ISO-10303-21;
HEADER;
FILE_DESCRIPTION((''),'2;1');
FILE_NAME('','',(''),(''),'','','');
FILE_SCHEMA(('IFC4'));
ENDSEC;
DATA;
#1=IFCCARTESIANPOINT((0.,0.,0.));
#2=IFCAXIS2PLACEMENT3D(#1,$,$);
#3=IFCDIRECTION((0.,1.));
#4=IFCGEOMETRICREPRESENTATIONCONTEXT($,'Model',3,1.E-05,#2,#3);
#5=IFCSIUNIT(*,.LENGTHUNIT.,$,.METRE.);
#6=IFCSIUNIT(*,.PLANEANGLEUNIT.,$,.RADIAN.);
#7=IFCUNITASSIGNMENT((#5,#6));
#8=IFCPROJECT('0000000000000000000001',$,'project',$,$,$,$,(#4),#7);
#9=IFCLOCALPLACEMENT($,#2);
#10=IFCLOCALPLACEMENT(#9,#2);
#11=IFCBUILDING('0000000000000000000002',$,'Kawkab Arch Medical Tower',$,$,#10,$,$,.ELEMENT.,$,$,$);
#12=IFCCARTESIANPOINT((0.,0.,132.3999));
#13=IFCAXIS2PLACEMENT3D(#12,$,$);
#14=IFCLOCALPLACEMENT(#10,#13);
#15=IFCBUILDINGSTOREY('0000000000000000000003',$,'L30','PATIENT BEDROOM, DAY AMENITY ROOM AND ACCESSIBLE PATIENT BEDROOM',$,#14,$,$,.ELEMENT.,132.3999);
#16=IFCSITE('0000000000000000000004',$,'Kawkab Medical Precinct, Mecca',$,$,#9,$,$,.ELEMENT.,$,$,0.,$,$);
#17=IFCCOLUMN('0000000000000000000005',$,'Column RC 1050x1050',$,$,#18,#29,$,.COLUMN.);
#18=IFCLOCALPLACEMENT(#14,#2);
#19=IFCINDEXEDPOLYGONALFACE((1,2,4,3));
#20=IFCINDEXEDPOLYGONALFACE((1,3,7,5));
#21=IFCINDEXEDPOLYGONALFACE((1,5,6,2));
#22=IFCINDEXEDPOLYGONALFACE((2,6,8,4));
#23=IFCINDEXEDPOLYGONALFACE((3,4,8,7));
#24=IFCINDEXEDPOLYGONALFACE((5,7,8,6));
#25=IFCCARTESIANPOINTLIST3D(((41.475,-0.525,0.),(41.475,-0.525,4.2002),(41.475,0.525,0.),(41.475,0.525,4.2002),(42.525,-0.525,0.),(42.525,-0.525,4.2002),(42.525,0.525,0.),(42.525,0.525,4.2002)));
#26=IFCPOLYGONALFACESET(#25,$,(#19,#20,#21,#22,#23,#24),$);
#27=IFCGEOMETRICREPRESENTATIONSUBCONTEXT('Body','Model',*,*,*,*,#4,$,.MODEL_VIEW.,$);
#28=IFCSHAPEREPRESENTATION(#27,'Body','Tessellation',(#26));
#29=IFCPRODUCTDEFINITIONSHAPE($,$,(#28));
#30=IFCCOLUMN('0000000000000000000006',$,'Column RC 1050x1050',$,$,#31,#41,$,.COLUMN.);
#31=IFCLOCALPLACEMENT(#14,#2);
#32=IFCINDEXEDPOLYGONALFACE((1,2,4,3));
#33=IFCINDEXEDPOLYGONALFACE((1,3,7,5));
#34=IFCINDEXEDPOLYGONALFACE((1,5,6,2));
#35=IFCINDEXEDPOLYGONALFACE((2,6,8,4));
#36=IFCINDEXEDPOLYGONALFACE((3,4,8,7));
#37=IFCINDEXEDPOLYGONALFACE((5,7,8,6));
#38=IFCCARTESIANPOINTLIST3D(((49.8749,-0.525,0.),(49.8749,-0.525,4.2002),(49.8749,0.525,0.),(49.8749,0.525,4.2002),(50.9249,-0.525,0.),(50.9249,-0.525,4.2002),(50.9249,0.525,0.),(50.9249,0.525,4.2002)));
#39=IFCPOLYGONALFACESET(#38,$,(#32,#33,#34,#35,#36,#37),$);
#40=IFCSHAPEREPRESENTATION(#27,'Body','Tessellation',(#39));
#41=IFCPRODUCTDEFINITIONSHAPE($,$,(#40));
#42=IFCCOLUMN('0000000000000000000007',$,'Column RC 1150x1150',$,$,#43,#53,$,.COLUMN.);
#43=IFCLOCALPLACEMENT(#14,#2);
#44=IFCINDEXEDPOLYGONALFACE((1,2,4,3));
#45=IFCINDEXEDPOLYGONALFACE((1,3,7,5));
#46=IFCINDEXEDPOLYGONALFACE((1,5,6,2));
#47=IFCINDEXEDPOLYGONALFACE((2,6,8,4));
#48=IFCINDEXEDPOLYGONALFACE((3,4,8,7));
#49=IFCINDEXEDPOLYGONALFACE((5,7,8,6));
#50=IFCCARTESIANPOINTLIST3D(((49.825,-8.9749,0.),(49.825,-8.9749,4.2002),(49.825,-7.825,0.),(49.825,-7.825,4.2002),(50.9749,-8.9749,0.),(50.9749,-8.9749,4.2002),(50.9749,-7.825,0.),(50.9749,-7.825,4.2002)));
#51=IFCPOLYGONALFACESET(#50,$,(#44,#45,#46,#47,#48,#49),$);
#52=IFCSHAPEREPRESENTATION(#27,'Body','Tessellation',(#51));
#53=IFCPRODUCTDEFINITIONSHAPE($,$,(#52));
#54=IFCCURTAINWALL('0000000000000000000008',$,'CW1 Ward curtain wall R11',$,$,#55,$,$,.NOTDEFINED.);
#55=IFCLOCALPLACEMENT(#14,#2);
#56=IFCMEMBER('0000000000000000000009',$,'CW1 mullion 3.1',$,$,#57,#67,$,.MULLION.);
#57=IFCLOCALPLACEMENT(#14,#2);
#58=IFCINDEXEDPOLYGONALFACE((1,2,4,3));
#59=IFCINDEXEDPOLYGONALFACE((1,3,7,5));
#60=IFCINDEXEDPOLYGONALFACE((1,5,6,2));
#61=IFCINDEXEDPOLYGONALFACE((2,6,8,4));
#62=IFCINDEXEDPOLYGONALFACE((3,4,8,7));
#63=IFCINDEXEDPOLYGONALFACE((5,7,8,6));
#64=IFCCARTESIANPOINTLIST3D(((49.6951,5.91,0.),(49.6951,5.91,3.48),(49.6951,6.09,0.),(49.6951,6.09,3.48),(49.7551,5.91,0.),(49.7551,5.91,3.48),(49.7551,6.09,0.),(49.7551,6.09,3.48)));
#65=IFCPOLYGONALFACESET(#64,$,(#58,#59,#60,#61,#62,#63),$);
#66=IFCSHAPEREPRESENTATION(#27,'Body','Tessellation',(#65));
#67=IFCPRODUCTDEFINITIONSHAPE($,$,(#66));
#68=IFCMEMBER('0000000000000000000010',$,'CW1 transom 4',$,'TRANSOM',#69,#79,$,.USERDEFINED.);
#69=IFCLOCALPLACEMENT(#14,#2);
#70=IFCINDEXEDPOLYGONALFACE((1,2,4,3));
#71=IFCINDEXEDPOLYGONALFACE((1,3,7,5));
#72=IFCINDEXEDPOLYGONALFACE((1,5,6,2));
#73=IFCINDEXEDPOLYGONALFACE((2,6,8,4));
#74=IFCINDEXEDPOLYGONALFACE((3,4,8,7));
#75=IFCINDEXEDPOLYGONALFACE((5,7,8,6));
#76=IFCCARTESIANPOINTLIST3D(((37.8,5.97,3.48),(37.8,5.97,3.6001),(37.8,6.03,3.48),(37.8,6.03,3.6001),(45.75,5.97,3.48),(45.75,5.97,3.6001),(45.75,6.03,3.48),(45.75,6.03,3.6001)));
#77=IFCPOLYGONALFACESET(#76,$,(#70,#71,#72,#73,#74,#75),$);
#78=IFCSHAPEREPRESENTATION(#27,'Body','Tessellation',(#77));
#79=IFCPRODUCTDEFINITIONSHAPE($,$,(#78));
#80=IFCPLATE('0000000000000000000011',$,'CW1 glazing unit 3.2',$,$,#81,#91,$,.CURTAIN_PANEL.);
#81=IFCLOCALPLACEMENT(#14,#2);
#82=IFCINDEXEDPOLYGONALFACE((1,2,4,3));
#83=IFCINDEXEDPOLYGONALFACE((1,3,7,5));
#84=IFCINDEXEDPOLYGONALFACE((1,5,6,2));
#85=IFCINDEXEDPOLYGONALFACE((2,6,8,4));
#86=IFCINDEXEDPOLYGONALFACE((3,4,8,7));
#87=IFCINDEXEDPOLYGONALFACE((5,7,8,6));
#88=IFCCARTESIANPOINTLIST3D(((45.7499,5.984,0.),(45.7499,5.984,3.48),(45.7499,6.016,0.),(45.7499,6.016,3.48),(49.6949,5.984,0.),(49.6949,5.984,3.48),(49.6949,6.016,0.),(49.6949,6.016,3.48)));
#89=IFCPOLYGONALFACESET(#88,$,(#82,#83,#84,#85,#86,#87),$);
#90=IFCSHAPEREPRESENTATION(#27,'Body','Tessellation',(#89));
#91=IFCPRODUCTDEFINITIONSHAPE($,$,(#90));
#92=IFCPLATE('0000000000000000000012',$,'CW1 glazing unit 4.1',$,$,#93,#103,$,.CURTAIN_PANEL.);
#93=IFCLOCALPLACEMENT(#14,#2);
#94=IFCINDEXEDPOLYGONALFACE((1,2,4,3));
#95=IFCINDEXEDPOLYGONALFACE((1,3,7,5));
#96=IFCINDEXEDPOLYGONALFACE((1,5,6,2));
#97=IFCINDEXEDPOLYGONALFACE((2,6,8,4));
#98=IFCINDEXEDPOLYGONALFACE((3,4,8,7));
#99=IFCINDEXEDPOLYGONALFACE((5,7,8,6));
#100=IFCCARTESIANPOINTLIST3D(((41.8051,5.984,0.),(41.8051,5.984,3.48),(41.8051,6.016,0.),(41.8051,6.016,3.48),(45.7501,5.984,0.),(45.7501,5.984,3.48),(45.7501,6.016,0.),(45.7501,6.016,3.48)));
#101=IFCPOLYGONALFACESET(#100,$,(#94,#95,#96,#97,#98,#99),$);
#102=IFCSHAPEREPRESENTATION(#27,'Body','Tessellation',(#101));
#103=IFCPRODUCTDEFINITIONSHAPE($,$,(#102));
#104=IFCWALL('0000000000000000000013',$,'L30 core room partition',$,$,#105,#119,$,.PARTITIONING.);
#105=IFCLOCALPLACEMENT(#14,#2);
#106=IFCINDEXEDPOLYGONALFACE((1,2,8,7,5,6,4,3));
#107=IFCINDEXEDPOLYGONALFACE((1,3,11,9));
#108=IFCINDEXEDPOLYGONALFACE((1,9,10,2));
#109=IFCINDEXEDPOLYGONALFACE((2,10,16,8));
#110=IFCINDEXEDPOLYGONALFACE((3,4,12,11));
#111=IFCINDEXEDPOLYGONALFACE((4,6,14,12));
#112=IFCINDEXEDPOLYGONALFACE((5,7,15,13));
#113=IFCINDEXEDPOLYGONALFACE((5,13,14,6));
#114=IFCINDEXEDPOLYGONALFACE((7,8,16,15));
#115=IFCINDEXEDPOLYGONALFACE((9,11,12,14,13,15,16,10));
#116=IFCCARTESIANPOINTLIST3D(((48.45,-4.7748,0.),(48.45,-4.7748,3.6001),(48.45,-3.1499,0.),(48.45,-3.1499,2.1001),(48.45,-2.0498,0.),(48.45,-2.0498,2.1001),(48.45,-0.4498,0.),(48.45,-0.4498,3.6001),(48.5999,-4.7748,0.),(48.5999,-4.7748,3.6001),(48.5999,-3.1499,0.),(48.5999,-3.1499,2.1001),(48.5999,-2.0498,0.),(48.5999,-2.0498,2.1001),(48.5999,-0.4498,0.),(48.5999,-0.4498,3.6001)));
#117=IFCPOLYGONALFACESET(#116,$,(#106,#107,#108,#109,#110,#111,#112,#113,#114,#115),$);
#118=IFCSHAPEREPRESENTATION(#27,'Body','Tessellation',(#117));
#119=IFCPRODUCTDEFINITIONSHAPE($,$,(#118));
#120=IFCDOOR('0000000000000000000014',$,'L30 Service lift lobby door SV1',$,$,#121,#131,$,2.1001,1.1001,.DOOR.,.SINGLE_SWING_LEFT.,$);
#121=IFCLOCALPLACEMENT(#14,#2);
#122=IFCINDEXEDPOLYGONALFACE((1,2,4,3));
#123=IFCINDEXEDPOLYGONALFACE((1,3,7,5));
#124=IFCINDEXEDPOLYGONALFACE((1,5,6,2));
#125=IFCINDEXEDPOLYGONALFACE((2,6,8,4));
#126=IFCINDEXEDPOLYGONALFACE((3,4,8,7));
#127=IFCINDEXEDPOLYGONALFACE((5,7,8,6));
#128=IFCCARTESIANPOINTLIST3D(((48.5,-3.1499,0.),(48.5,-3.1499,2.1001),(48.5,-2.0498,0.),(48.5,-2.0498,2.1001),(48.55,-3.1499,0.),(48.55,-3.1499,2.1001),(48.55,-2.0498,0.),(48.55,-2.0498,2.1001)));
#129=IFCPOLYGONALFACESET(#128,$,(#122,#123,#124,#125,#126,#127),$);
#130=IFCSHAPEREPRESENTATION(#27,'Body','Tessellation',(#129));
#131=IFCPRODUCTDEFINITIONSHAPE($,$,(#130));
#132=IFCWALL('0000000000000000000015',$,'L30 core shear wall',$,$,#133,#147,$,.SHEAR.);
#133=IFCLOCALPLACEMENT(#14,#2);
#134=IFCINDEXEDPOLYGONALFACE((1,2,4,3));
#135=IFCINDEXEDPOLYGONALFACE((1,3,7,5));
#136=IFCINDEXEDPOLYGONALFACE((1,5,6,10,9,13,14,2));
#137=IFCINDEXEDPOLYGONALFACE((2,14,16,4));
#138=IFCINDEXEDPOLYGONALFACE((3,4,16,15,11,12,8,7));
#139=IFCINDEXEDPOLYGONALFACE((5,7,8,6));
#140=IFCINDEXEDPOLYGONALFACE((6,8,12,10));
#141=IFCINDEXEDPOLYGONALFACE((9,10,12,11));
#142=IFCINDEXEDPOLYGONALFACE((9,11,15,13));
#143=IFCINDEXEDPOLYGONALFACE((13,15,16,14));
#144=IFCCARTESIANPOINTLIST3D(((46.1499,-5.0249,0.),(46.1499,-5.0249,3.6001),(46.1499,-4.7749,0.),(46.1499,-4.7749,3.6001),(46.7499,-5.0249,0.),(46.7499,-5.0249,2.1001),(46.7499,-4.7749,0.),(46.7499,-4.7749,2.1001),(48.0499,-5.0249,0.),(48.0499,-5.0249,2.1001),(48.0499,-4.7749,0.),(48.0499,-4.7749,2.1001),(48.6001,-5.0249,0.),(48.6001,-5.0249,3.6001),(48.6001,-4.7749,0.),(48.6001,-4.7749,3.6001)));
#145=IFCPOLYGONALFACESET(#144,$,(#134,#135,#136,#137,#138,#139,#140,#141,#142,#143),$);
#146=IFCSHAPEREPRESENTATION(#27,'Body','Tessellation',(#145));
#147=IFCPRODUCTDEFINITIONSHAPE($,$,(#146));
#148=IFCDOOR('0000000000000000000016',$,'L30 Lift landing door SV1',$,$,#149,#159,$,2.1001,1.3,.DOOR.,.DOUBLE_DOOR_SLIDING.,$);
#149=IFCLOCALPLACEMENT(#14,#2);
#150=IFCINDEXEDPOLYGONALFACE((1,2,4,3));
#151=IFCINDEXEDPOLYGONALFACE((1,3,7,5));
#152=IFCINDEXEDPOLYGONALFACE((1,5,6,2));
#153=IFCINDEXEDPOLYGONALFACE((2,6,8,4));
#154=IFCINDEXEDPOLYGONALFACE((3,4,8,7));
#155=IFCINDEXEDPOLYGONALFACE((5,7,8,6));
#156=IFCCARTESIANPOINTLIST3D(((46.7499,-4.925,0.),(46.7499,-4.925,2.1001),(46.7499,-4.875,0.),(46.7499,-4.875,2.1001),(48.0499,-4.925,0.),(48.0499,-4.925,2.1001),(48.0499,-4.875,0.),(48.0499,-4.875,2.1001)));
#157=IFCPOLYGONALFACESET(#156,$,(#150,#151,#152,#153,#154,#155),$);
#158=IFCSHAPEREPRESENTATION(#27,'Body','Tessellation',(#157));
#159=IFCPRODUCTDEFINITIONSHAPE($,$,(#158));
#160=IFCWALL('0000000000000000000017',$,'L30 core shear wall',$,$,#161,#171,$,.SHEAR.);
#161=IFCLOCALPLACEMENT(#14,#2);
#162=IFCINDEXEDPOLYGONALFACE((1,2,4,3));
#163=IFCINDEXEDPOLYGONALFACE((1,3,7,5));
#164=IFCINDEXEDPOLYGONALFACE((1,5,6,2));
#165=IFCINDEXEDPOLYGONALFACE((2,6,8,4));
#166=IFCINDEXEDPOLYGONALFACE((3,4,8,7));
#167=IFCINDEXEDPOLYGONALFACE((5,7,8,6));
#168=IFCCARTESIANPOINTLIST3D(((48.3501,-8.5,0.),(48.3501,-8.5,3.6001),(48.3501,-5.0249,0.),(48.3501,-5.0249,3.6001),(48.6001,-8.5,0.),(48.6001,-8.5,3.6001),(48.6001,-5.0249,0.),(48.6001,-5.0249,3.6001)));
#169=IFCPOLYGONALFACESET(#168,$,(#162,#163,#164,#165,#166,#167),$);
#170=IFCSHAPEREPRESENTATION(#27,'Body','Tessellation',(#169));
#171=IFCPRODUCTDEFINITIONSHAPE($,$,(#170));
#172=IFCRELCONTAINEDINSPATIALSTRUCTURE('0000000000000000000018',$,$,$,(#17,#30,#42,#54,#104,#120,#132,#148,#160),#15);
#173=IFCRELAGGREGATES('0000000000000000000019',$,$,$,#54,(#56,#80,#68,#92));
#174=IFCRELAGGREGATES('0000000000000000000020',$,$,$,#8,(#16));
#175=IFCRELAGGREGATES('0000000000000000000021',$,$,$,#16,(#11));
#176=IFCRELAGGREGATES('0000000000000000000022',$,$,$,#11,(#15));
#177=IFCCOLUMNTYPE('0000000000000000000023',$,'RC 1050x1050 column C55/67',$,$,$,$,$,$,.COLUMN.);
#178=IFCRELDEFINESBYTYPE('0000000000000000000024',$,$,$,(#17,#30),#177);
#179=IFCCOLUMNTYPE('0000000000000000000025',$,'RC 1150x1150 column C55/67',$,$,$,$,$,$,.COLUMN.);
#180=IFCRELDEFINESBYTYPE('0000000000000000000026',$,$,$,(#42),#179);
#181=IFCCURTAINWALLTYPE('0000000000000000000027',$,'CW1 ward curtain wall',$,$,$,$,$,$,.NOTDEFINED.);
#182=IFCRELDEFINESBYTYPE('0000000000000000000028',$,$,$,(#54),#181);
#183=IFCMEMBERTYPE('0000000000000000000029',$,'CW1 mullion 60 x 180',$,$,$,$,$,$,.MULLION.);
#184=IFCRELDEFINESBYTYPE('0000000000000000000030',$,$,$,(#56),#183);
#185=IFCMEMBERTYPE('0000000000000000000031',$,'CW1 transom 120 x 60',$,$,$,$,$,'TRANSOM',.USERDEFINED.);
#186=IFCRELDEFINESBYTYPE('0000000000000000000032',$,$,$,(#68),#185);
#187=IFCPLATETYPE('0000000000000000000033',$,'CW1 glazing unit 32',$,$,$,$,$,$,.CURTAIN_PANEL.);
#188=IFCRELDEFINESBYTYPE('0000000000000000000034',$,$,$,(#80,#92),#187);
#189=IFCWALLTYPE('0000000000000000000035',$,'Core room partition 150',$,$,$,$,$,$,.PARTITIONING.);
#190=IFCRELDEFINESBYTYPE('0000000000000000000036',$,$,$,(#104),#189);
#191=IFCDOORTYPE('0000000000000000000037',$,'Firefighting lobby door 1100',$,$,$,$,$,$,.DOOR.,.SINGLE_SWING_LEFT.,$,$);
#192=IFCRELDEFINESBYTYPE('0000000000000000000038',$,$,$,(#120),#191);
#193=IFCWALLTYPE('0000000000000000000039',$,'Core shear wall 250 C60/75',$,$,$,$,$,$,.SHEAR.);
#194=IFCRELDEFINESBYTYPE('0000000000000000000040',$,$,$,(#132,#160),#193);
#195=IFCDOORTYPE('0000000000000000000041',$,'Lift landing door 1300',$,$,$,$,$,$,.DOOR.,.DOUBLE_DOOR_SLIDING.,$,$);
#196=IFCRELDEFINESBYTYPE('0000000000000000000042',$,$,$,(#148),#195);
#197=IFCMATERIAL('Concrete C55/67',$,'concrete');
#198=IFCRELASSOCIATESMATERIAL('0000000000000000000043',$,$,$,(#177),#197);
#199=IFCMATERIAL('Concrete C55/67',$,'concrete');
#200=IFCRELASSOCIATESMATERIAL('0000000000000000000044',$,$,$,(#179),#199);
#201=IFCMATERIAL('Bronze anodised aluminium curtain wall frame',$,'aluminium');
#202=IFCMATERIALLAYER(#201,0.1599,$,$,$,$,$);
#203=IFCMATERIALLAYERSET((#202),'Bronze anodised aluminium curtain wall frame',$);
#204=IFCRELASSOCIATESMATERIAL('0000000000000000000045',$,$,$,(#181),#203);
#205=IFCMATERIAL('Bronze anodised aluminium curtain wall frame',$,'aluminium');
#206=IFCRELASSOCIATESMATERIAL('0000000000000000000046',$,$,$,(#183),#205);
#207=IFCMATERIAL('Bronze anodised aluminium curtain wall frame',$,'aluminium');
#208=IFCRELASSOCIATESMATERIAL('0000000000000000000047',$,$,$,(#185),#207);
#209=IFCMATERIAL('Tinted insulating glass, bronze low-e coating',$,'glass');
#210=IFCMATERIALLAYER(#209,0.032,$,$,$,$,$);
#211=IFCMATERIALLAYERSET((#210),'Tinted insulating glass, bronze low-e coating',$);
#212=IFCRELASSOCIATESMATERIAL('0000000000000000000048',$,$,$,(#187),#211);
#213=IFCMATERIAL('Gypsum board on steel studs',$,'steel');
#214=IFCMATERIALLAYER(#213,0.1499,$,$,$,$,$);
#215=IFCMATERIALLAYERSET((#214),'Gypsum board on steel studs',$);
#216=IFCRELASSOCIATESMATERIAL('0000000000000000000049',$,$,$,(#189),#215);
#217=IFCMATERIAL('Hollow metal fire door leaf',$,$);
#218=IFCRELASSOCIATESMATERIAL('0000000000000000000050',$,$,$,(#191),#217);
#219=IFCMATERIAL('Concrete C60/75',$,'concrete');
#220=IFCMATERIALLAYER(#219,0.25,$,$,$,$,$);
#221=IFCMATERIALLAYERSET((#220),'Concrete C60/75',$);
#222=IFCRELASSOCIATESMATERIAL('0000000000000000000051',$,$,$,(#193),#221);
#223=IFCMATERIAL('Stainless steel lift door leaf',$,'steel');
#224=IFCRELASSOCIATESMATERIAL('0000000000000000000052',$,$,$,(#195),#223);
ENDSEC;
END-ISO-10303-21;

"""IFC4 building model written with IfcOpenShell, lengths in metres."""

from ifc_helpers import new_model, si_unit, direction, frame, frame_2d, origin, origin_2d, place, context, subcontext, project, spatial, rectangle, extrude, material, layer, layer_set, material_profile, profile_set, type_object, element, fill, aggregate, save


model = new_model("IFC4")

# Units and contexts
model_context = context("Model", 3, precision=1e-05, world=origin(), true_north=direction((0.0, 1.0)))
body_context = subcontext(model_context, "Body", "Model", "MODEL_VIEW")
ifc_project = project(units=[si_unit("LENGTHUNIT", "METRE"), si_unit("PLANEANGLEUNIT", "RADIAN")], contexts=[model_context])

# Site, building, storey
site_placement = place(None, origin())
site = spatial("IfcSite", under=ifc_project, at=site_placement, Name="Kawkab Medical Precinct, Mecca", CompositionType="ELEMENT", RefElevation=0.0)
building_placement = place(site_placement, origin())
building = spatial("IfcBuilding", under=site, at=building_placement, Name="Kawkab Arch Medical Tower", CompositionType="ELEMENT")
storey_placement = place(building_placement, frame((0.0, 0.0, 132.3999)))
storey = spatial("IfcBuildingStorey", under=building, at=storey_placement, Name="L30", Description="PATIENT BEDROOM, DAY AMENITY ROOM AND ACCESSIBLE PATIENT BEDROOM", CompositionType="ELEMENT", Elevation=132.3999)

# Columns
ifc_material_1 = material(Name="Concrete C55/67", Category="concrete")
ifc_material_profile_1 = material_profile(ifc_material_1, rectangle(XDim=1.05, YDim=1.05, at=origin_2d()), Name="RC 1050x1050")
ifc_profile_set_1 = profile_set([ifc_material_profile_1], Name="Concrete C55/67")
column_type_1 = type_object("IfcColumnType", Name="RC 1050x1050 column C55/67", PredefinedType="COLUMN", material=ifc_profile_set_1)
for number, where, z_axis, x_axis, name in (
    (1, (42.0, 0.0, 0.0), (0.0, 0.0, 1.0), (1.0, 0.0, 0.0), "Column RC 1050x1050"),
    (2, (50.3999, 0.0, 0.0), (0.0, 0.0, 1.0), (1.0, 0.0, 0.0), "Column RC 1050x1050"),
):
    element("IfcColumn", number, at=place(storey_placement, frame(where, z_axis=z_axis, x_axis=x_axis)), inside=storey, type_object=column_type_1, Name=name, PredefinedType="COLUMN", context=body_context, shape_type="SweptSolid", body=[
        extrude(rectangle(XDim=1.05, YDim=1.05, at=origin_2d()), origin(), (0.0, 0.0, 1.0), 4.2002),
    ])
ifc_material_2 = material(Name="Concrete C55/67", Category="concrete")
ifc_material_profile_2 = material_profile(ifc_material_2, rectangle(XDim=1.1499, YDim=1.1499, at=origin_2d()), Name="RC 1150x1150")
ifc_profile_set_2 = profile_set([ifc_material_profile_2], Name="Concrete C55/67")
column_type_2 = type_object("IfcColumnType", Name="RC 1150x1150 column C55/67", PredefinedType="COLUMN", material=ifc_profile_set_2)
column_placement = place(storey_placement, frame((50.3999, -8.3999, 0.0), z_axis=(0.0, 0.0, 1.0), x_axis=(1.0, 0.0, 0.0)))
element("IfcColumn", 3, at=column_placement, inside=storey, type_object=column_type_2, Name="Column RC 1150x1150", PredefinedType="COLUMN", context=body_context, shape_type="SweptSolid", body=[
    extrude(rectangle(XDim=1.1499, YDim=1.1499, at=origin_2d()), origin(), (0.0, 0.0, 1.0), 4.2002),
])

# Curtain wall, members, plates
ifc_material_3 = material(Name="Bronze anodised aluminium curtain wall frame", Category="aluminium")
ifc_layer_1 = layer(ifc_material_3, 0.1599)
ifc_layer_set_1 = layer_set([ifc_layer_1], Name="Bronze anodised aluminium curtain wall frame")
curtain_wall_type = type_object("IfcCurtainWallType", Name="CW1 ward curtain wall", PredefinedType="NOTDEFINED", material=ifc_layer_set_1)
placement = place(storey_placement, origin())
curtain_wall = element("IfcCurtainWall", 4, at=placement, inside=storey, type_object=curtain_wall_type, Name="CW1 Ward curtain wall R11", PredefinedType="NOTDEFINED")
ifc_material_4 = material(Name="Bronze anodised aluminium curtain wall frame", Category="aluminium")
ifc_material_profile_3 = material_profile(ifc_material_4, rectangle(XDim=0.1799, YDim=0.0601, at=origin_2d()), Name="AL 60x180")
ifc_profile_set_3 = profile_set([ifc_material_profile_3], Name="Bronze anodised aluminium curtain wall frame")
member_type_1 = type_object("IfcMemberType", Name="CW1 mullion 60 x 180", PredefinedType="MULLION", material=ifc_profile_set_3)
member_1_placement = place(storey_placement, frame((49.7251, 6.0, 0.0), z_axis=(0.0, 0.0, 1.0), x_axis=(0.0, -1.0, 0.0)))
member_1 = element("IfcMember", 5, at=member_1_placement, type_object=member_type_1, Name="CW1 mullion 3.1", PredefinedType="MULLION", context=body_context, shape_type="SweptSolid", body=[
    extrude(rectangle(XDim=0.1799, YDim=0.0601, at=origin_2d()), origin(), (0.0, 0.0, 1.0), 3.48),
])
ifc_material_5 = material(Name="Bronze anodised aluminium curtain wall frame", Category="aluminium")
ifc_material_profile_4 = material_profile(ifc_material_5, rectangle(XDim=0.0601, YDim=0.1201, at=origin_2d()), Name="AL 60x120")
ifc_profile_set_4 = profile_set([ifc_material_profile_4], Name="Bronze anodised aluminium curtain wall frame")
member_type_2 = type_object("IfcMemberType", Name="CW1 transom 120 x 60", ElementType="TRANSOM", PredefinedType="USERDEFINED", material=ifc_profile_set_4)
member_2_placement = place(storey_placement, frame((45.75, 6.0, 3.54), z_axis=(-1.0, 0.0, 0.0), x_axis=(0.0, -1.0, 0.0)))
member_2 = element("IfcMember", 6, at=member_2_placement, type_object=member_type_2, Name="CW1 transom 4", ObjectType="TRANSOM", PredefinedType="USERDEFINED", context=body_context, shape_type="SweptSolid", body=[
    extrude(rectangle(XDim=0.0601, YDim=0.1201, at=origin_2d()), origin(), (0.0, 0.0, 1.0), 7.95),
])
ifc_material_6 = material(Name="Tinted insulating glass, bronze low-e coating", Category="glass")
ifc_layer_2 = layer(ifc_material_6, 0.032)
ifc_layer_set_2 = layer_set([ifc_layer_2], Name="Tinted insulating glass, bronze low-e coating")
plate_type = type_object("IfcPlateType", Name="CW1 glazing unit 32", PredefinedType="CURTAIN_PANEL", material=ifc_layer_set_2)
plate_1_placement = place(storey_placement, frame((47.7224, 6.0, 0.0), z_axis=(0.0, 0.0, 1.0), x_axis=(-1.0, 0.0, 0.0)))
plate_1 = element("IfcPlate", 7, at=plate_1_placement, type_object=plate_type, Name="CW1 glazing unit 3.2", PredefinedType="CURTAIN_PANEL", context=body_context, shape_type="SweptSolid", body=[
    extrude(rectangle(XDim=3.9451, YDim=0.032, at=origin_2d()), origin(), (0.0, 0.0, 1.0), 3.48),
])
plate_2_placement = place(storey_placement, frame((43.7776, 6.0, 0.0), z_axis=(0.0, 0.0, 1.0), x_axis=(-1.0, 0.0, 0.0)))
plate_2 = element("IfcPlate", 8, at=plate_2_placement, type_object=plate_type, Name="CW1 glazing unit 4.1", PredefinedType="CURTAIN_PANEL", context=body_context, shape_type="SweptSolid", body=[
    extrude(rectangle(XDim=3.9451, YDim=0.032, at=origin_2d()), origin(), (0.0, 0.0, 1.0), 3.48),
])
aggregate(curtain_wall, [member_1, plate_1, member_2, plate_2])

# Walls, openings, doors
ifc_material_7 = material(Name="Gypsum board on steel studs", Category="steel")
ifc_layer_3 = layer(ifc_material_7, 0.1499)
ifc_layer_set_3 = layer_set([ifc_layer_3], Name="Gypsum board on steel studs")
wall_type_1 = type_object("IfcWallType", Name="Core room partition 150", PredefinedType="PARTITIONING", material=ifc_layer_set_3)
wall_1_placement = place(storey_placement, frame((48.5249, -4.7749, 0.0), z_axis=(0.0, 0.0, 1.0), x_axis=(0.0, 1.0, 0.0)))
wall_1 = element("IfcWall", 9, at=wall_1_placement, inside=storey, type_object=wall_type_1, Name="L30 core room partition", PredefinedType="PARTITIONING", context=body_context, shape_type="SweptSolid", body=[
    extrude(rectangle(XDim=4.325, YDim=0.1499, at=frame_2d((2.1626, 0.0))), origin(), (0.0, 0.0, 1.0), 3.6001),
])
opening_1_placement = place(wall_1_placement, frame((1.625, 0.0, 0.0)))
opening_1 = element("IfcOpeningElement", 10, at=opening_1_placement, cuts=wall_1, PredefinedType="OPENING", context=body_context, shape_type="SweptSolid", body=[
    extrude(rectangle(XDim=1.1001, YDim=2.1001, at=frame_2d((0.55, 1.05))), frame((0.0, 0.085, 0.0), z_axis=(0.0, -1.0, 0.0), x_axis=(1.0, 0.0, 0.0)), (0.0, 0.0, 1.0), 0.1699),
])
ifc_material_8 = material(Name="Hollow metal fire door leaf")
door_type_1 = type_object("IfcDoorType", Name="Firefighting lobby door 1100", OperationType="SINGLE_SWING_LEFT", PredefinedType="DOOR", material=ifc_material_8)
door_1_placement = place(opening_1_placement, origin())
door_1 = element("IfcDoor", 11, at=door_1_placement, inside=storey, type_object=door_type_1, Name="L30 Service lift lobby door SV1", OperationType="SINGLE_SWING_LEFT", OverallHeight=2.1001, OverallWidth=1.1001, PredefinedType="DOOR", context=body_context, shape_type="SweptSolid", body=[
    extrude(rectangle(XDim=1.1001, YDim=2.1001, at=frame_2d((0.55, 1.05))), frame((0.0, 0.0249, 0.0), z_axis=(0.0, -1.0, 0.0), x_axis=(1.0, 0.0, 0.0)), (0.0, 0.0, 1.0), 0.05),
])
fill(opening_1, door_1)
ifc_material_9 = material(Name="Concrete C60/75", Category="concrete")
ifc_layer_4 = layer(ifc_material_9, 0.25)
ifc_layer_set_4 = layer_set([ifc_layer_4], Name="Concrete C60/75")
wall_type_2 = type_object("IfcWallType", Name="Core shear wall 250 C60/75", PredefinedType="SHEAR", material=ifc_layer_set_4)
wall_2_placement = place(storey_placement, frame((46.1499, -4.8999, 0.0), z_axis=(0.0, 0.0, 1.0), x_axis=(1.0, 0.0, 0.0)))
wall_2 = element("IfcWall", 12, at=wall_2_placement, inside=storey, type_object=wall_type_2, Name="L30 core shear wall", PredefinedType="SHEAR", context=body_context, shape_type="SweptSolid", body=[
    extrude(rectangle(XDim=2.4502, YDim=0.25, at=frame_2d((1.2251, 0.0))), origin(), (0.0, 0.0, 1.0), 3.6001),
])
opening_2_placement = place(wall_2_placement, frame((0.6001, 0.0, 0.0)))
opening_2 = element("IfcOpeningElement", 13, at=opening_2_placement, cuts=wall_2, PredefinedType="OPENING", context=body_context, shape_type="SweptSolid", body=[
    extrude(rectangle(XDim=1.3, YDim=2.1001, at=frame_2d((0.6499, 1.05))), frame((0.0, 0.135, 0.0), z_axis=(0.0, -1.0, 0.0), x_axis=(1.0, 0.0, 0.0)), (0.0, 0.0, 1.0), 0.27),
])
ifc_material_10 = material(Name="Stainless steel lift door leaf", Category="steel")
door_type_2 = type_object("IfcDoorType", Name="Lift landing door 1300", OperationType="DOUBLE_DOOR_SLIDING", PredefinedType="DOOR", material=ifc_material_10)
door_2_placement = place(opening_2_placement, origin())
door_2 = element("IfcDoor", 14, at=door_2_placement, inside=storey, type_object=door_type_2, Name="L30 Lift landing door SV1", OperationType="DOUBLE_DOOR_SLIDING", OverallHeight=2.1001, OverallWidth=1.3, PredefinedType="DOOR", context=body_context, shape_type="SweptSolid", body=[
    extrude(rectangle(XDim=1.3, YDim=2.1001, at=frame_2d((0.6499, 1.05))), frame((0.0, 0.0249, 0.0), z_axis=(0.0, -1.0, 0.0), x_axis=(1.0, 0.0, 0.0)), (0.0, 0.0, 1.0), 0.05),
])
fill(opening_2, door_2)

# Wall
wall_3_placement = place(storey_placement, frame((48.4751, -8.5, 0.0), z_axis=(0.0, 0.0, 1.0), x_axis=(0.0, 1.0, 0.0)))
element("IfcWall", 15, at=wall_3_placement, inside=storey, type_object=wall_type_2, Name="L30 core shear wall", PredefinedType="SHEAR", context=body_context, shape_type="SweptSolid", body=[
    extrude(rectangle(XDim=3.4751, YDim=0.25, at=frame_2d((1.7375, 0.0))), origin(), (0.0, 0.0, 1.0), 3.6001),
])

save(model, "model.ifc")
